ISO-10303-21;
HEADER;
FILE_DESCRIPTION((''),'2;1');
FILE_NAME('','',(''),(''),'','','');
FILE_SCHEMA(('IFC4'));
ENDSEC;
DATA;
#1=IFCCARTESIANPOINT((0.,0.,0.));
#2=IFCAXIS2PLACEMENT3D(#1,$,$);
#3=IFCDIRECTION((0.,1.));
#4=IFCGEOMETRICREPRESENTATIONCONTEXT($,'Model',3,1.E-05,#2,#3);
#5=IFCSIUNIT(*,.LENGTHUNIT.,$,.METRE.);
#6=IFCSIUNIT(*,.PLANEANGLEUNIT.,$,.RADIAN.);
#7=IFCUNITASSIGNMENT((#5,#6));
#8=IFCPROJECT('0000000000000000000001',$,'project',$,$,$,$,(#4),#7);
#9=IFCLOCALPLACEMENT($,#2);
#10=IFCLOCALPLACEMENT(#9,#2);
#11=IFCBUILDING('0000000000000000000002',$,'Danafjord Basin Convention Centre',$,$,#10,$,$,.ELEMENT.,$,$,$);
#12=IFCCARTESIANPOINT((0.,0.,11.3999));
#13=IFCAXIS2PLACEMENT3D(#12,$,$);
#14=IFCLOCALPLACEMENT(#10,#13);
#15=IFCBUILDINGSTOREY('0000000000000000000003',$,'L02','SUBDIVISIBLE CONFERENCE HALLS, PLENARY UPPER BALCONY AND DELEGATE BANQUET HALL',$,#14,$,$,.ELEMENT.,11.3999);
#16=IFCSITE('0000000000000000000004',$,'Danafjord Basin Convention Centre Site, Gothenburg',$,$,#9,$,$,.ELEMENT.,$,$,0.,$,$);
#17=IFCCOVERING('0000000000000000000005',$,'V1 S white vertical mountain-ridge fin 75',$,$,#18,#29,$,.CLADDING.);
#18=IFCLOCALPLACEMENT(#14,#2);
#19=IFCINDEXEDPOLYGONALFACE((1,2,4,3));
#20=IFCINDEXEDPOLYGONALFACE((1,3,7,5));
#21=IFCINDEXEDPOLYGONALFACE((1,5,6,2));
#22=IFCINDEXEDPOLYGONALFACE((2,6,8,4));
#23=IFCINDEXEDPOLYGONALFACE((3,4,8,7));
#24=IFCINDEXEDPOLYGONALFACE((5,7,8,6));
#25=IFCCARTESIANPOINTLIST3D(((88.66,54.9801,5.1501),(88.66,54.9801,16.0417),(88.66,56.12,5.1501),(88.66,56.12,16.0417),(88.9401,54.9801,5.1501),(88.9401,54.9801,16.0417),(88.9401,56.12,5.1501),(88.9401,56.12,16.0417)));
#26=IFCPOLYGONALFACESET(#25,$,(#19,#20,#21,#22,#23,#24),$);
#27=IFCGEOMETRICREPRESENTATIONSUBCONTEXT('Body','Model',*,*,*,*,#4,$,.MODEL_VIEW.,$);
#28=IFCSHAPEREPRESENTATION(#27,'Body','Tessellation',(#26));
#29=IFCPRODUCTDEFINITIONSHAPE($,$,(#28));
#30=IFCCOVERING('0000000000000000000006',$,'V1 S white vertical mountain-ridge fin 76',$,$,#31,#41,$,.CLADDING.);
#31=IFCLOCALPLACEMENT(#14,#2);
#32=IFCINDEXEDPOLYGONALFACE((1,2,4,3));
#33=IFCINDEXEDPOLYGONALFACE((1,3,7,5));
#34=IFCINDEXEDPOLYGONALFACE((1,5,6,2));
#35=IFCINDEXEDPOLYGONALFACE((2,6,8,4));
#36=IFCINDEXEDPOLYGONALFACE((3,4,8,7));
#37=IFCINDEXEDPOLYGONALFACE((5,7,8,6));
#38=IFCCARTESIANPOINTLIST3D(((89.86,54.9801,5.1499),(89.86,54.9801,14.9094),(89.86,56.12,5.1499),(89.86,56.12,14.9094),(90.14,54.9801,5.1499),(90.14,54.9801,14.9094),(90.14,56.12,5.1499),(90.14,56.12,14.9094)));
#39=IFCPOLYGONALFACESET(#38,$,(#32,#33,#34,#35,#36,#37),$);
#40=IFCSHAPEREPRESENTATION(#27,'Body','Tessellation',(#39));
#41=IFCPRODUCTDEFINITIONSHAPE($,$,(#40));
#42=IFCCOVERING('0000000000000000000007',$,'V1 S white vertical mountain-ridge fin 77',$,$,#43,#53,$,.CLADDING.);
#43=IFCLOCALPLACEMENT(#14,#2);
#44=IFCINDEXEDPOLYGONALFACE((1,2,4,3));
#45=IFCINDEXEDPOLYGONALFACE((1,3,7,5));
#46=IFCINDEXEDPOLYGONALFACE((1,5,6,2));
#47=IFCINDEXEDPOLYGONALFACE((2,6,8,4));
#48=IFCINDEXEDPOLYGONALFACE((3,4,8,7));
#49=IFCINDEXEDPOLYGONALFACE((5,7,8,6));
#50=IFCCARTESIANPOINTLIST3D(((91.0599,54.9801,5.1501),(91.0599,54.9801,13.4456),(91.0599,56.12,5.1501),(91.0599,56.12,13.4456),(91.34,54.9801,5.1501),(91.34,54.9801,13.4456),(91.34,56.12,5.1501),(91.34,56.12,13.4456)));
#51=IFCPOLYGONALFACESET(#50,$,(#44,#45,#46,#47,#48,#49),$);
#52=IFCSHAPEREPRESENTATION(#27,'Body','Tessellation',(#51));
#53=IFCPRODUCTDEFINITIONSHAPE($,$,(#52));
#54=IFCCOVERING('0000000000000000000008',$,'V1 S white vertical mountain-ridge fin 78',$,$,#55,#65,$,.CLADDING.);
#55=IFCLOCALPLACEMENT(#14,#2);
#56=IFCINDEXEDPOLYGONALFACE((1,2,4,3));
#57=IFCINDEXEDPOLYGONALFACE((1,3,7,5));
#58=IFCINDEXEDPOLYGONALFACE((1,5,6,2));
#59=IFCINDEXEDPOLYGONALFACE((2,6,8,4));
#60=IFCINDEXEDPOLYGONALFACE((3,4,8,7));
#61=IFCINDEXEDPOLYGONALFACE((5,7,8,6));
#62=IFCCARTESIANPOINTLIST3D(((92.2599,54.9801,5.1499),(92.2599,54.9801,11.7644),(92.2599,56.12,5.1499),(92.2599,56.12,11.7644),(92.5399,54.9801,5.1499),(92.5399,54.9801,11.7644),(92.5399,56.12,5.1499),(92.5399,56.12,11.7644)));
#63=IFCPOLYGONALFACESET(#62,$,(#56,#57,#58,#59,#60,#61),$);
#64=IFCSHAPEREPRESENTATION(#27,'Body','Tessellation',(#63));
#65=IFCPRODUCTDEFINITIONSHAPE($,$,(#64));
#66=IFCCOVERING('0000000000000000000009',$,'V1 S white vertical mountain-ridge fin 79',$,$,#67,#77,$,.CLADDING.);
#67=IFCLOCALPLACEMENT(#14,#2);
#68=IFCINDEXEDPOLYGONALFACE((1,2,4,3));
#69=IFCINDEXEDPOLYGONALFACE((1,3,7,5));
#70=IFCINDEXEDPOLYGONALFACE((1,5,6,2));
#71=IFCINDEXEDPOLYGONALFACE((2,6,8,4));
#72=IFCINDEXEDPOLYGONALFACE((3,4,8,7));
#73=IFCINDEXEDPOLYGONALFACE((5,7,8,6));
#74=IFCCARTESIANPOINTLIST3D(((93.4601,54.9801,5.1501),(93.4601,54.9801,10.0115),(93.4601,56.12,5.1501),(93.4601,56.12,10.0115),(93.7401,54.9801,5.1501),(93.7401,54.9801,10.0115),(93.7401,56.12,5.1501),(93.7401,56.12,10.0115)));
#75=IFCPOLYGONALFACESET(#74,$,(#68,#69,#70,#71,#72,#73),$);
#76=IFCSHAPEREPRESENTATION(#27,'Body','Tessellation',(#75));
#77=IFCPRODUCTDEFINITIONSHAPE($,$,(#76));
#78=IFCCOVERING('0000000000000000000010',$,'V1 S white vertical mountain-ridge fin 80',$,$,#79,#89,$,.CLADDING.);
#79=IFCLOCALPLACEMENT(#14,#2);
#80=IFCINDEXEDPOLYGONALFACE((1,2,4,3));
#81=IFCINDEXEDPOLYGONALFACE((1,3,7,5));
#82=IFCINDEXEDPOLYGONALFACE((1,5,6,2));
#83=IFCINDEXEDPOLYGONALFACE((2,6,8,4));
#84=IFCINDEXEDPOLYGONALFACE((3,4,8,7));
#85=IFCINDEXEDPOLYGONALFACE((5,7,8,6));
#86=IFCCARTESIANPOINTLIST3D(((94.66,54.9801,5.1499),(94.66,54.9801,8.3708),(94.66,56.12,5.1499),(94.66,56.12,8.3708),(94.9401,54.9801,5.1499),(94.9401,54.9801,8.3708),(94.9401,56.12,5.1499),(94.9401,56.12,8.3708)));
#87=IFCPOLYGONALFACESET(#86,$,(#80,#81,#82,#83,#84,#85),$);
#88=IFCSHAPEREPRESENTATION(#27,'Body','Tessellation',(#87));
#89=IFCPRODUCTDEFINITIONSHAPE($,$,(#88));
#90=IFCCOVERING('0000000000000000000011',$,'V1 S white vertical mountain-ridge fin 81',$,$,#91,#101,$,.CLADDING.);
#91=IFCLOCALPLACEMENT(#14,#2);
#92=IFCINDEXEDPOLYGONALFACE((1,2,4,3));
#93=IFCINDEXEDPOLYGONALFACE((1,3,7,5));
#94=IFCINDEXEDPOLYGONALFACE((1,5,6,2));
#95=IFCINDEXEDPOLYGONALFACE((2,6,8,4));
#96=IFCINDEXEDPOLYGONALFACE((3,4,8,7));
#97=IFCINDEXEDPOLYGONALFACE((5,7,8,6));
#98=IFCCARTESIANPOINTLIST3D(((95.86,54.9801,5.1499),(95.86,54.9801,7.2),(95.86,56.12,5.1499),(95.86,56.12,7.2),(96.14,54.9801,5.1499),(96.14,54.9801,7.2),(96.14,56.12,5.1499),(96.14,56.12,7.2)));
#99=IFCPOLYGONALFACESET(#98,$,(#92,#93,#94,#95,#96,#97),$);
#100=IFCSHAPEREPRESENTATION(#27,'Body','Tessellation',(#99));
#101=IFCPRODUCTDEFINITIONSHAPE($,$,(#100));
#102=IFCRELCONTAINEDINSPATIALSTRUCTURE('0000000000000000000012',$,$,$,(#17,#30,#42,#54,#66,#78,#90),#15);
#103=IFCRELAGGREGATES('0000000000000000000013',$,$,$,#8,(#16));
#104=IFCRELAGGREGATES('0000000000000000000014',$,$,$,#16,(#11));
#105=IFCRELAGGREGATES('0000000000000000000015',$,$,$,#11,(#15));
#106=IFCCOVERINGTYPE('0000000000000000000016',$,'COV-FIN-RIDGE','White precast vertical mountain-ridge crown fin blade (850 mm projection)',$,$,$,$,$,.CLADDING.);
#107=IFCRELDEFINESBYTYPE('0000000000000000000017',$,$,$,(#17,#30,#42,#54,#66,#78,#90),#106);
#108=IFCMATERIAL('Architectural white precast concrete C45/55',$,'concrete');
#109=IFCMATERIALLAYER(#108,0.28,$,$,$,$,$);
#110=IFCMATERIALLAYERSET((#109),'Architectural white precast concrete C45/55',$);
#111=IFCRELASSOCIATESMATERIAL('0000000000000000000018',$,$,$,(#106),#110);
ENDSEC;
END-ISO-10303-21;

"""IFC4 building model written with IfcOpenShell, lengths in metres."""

from ifc_helpers import new_model, si_unit, direction, frame, origin, origin_2d, place, context, subcontext, project, spatial, rectangle, extrude, material, layer, layer_set, type_object, element, save


model = new_model("IFC4")

# Units and contexts
model_context = context("Model", 3, precision=1e-05, world=origin(), true_north=direction((0.0, 1.0)))
body_context = subcontext(model_context, "Body", "Model", "MODEL_VIEW")
ifc_project = project(units=[si_unit("LENGTHUNIT", "METRE"), si_unit("PLANEANGLEUNIT", "RADIAN")], contexts=[model_context])

# Site, building, storey
site_placement = place(None, origin())
site = spatial("IfcSite", under=ifc_project, at=site_placement, Name="Danafjord Basin Convention Centre Site, Gothenburg", CompositionType="ELEMENT", RefElevation=0.0)
building_placement = place(site_placement, origin())
building = spatial("IfcBuilding", under=site, at=building_placement, Name="Danafjord Basin Convention Centre", CompositionType="ELEMENT")
storey_placement = place(building_placement, frame((0.0, 0.0, 11.3999)))
storey = spatial("IfcBuildingStorey", under=building, at=storey_placement, Name="L02", Description="SUBDIVISIBLE CONFERENCE HALLS, PLENARY UPPER BALCONY AND DELEGATE BANQUET HALL", CompositionType="ELEMENT", Elevation=11.3999)

# Coverings
ifc_material_1 = material(Name="Architectural white precast concrete C45/55", Category="concrete")
ifc_layer_1 = layer(ifc_material_1, 0.28)
ifc_layer_set_1 = layer_set([ifc_layer_1], Name="Architectural white precast concrete C45/55")
covering_type = type_object("IfcCoveringType", Name="COV-FIN-RIDGE", Description="White precast vertical mountain-ridge crown fin blade (850 mm projection)", PredefinedType="CLADDING", material=ifc_layer_set_1)
covering_1_placement = place(storey_placement, frame((88.8, 55.55, 5.1501), z_axis=(0.0, 0.0, 1.0), x_axis=(0.0, 1.0, 0.0)))
element("IfcCovering", 1, at=covering_1_placement, inside=storey, type_object=covering_type, Name="V1 S white vertical mountain-ridge fin 75", PredefinedType="CLADDING", context=body_context, shape_type="SweptSolid", body=[
    extrude(rectangle(XDim=1.1399, YDim=0.28, at=origin_2d()), origin(), (0.0, 0.0, 1.0), 10.8916),
])
covering_2_placement = place(storey_placement, frame((90.0, 55.55, 5.1499), z_axis=(0.0, 0.0, 1.0), x_axis=(0.0, 1.0, 0.0)))
element("IfcCovering", 2, at=covering_2_placement, inside=storey, type_object=covering_type, Name="V1 S white vertical mountain-ridge fin 76", PredefinedType="CLADDING", context=body_context, shape_type="SweptSolid", body=[
    extrude(rectangle(XDim=1.1399, YDim=0.28, at=origin_2d()), origin(), (0.0, 0.0, 1.0), 9.7595),
])
covering_3_placement = place(storey_placement, frame((91.2, 55.55, 5.1501), z_axis=(0.0, 0.0, 1.0), x_axis=(0.0, 1.0, 0.0)))
element("IfcCovering", 3, at=covering_3_placement, inside=storey, type_object=covering_type, Name="V1 S white vertical mountain-ridge fin 77", PredefinedType="CLADDING", context=body_context, shape_type="SweptSolid", body=[
    extrude(rectangle(XDim=1.1399, YDim=0.28, at=origin_2d()), origin(), (0.0, 0.0, 1.0), 8.2954),
])
covering_4_placement = place(storey_placement, frame((92.3999, 55.55, 5.1499), z_axis=(0.0, 0.0, 1.0), x_axis=(0.0, 1.0, 0.0)))
element("IfcCovering", 4, at=covering_4_placement, inside=storey, type_object=covering_type, Name="V1 S white vertical mountain-ridge fin 78", PredefinedType="CLADDING", context=body_context, shape_type="SweptSolid", body=[
    extrude(rectangle(XDim=1.1399, YDim=0.28, at=origin_2d()), origin(), (0.0, 0.0, 1.0), 6.6145),
])
covering_5_placement = place(storey_placement, frame((93.6001, 55.55, 5.1501), z_axis=(0.0, 0.0, 1.0), x_axis=(0.0, 1.0, 0.0)))
element("IfcCovering", 5, at=covering_5_placement, inside=storey, type_object=covering_type, Name="V1 S white vertical mountain-ridge fin 79", PredefinedType="CLADDING", context=body_context, shape_type="SweptSolid", body=[
    extrude(rectangle(XDim=1.1399, YDim=0.28, at=origin_2d()), origin(), (0.0, 0.0, 1.0), 4.8613),
])
covering_6_placement = place(storey_placement, frame((94.8, 55.55, 5.1499), z_axis=(0.0, 0.0, 1.0), x_axis=(0.0, 1.0, 0.0)))
element("IfcCovering", 6, at=covering_6_placement, inside=storey, type_object=covering_type, Name="V1 S white vertical mountain-ridge fin 80", PredefinedType="CLADDING", context=body_context, shape_type="SweptSolid", body=[
    extrude(rectangle(XDim=1.1399, YDim=0.28, at=origin_2d()), origin(), (0.0, 0.0, 1.0), 3.2209),
])
covering_7_placement = place(storey_placement, frame((96.0, 55.55, 5.1499), z_axis=(0.0, 0.0, 1.0), x_axis=(0.0, 1.0, 0.0)))
element("IfcCovering", 7, at=covering_7_placement, inside=storey, type_object=covering_type, Name="V1 S white vertical mountain-ridge fin 81", PredefinedType="CLADDING", context=body_context, shape_type="SweptSolid", body=[
    extrude(rectangle(XDim=1.1399, YDim=0.28, at=origin_2d()), origin(), (0.0, 0.0, 1.0), 2.05),
])

save(model, "model.ifc")
